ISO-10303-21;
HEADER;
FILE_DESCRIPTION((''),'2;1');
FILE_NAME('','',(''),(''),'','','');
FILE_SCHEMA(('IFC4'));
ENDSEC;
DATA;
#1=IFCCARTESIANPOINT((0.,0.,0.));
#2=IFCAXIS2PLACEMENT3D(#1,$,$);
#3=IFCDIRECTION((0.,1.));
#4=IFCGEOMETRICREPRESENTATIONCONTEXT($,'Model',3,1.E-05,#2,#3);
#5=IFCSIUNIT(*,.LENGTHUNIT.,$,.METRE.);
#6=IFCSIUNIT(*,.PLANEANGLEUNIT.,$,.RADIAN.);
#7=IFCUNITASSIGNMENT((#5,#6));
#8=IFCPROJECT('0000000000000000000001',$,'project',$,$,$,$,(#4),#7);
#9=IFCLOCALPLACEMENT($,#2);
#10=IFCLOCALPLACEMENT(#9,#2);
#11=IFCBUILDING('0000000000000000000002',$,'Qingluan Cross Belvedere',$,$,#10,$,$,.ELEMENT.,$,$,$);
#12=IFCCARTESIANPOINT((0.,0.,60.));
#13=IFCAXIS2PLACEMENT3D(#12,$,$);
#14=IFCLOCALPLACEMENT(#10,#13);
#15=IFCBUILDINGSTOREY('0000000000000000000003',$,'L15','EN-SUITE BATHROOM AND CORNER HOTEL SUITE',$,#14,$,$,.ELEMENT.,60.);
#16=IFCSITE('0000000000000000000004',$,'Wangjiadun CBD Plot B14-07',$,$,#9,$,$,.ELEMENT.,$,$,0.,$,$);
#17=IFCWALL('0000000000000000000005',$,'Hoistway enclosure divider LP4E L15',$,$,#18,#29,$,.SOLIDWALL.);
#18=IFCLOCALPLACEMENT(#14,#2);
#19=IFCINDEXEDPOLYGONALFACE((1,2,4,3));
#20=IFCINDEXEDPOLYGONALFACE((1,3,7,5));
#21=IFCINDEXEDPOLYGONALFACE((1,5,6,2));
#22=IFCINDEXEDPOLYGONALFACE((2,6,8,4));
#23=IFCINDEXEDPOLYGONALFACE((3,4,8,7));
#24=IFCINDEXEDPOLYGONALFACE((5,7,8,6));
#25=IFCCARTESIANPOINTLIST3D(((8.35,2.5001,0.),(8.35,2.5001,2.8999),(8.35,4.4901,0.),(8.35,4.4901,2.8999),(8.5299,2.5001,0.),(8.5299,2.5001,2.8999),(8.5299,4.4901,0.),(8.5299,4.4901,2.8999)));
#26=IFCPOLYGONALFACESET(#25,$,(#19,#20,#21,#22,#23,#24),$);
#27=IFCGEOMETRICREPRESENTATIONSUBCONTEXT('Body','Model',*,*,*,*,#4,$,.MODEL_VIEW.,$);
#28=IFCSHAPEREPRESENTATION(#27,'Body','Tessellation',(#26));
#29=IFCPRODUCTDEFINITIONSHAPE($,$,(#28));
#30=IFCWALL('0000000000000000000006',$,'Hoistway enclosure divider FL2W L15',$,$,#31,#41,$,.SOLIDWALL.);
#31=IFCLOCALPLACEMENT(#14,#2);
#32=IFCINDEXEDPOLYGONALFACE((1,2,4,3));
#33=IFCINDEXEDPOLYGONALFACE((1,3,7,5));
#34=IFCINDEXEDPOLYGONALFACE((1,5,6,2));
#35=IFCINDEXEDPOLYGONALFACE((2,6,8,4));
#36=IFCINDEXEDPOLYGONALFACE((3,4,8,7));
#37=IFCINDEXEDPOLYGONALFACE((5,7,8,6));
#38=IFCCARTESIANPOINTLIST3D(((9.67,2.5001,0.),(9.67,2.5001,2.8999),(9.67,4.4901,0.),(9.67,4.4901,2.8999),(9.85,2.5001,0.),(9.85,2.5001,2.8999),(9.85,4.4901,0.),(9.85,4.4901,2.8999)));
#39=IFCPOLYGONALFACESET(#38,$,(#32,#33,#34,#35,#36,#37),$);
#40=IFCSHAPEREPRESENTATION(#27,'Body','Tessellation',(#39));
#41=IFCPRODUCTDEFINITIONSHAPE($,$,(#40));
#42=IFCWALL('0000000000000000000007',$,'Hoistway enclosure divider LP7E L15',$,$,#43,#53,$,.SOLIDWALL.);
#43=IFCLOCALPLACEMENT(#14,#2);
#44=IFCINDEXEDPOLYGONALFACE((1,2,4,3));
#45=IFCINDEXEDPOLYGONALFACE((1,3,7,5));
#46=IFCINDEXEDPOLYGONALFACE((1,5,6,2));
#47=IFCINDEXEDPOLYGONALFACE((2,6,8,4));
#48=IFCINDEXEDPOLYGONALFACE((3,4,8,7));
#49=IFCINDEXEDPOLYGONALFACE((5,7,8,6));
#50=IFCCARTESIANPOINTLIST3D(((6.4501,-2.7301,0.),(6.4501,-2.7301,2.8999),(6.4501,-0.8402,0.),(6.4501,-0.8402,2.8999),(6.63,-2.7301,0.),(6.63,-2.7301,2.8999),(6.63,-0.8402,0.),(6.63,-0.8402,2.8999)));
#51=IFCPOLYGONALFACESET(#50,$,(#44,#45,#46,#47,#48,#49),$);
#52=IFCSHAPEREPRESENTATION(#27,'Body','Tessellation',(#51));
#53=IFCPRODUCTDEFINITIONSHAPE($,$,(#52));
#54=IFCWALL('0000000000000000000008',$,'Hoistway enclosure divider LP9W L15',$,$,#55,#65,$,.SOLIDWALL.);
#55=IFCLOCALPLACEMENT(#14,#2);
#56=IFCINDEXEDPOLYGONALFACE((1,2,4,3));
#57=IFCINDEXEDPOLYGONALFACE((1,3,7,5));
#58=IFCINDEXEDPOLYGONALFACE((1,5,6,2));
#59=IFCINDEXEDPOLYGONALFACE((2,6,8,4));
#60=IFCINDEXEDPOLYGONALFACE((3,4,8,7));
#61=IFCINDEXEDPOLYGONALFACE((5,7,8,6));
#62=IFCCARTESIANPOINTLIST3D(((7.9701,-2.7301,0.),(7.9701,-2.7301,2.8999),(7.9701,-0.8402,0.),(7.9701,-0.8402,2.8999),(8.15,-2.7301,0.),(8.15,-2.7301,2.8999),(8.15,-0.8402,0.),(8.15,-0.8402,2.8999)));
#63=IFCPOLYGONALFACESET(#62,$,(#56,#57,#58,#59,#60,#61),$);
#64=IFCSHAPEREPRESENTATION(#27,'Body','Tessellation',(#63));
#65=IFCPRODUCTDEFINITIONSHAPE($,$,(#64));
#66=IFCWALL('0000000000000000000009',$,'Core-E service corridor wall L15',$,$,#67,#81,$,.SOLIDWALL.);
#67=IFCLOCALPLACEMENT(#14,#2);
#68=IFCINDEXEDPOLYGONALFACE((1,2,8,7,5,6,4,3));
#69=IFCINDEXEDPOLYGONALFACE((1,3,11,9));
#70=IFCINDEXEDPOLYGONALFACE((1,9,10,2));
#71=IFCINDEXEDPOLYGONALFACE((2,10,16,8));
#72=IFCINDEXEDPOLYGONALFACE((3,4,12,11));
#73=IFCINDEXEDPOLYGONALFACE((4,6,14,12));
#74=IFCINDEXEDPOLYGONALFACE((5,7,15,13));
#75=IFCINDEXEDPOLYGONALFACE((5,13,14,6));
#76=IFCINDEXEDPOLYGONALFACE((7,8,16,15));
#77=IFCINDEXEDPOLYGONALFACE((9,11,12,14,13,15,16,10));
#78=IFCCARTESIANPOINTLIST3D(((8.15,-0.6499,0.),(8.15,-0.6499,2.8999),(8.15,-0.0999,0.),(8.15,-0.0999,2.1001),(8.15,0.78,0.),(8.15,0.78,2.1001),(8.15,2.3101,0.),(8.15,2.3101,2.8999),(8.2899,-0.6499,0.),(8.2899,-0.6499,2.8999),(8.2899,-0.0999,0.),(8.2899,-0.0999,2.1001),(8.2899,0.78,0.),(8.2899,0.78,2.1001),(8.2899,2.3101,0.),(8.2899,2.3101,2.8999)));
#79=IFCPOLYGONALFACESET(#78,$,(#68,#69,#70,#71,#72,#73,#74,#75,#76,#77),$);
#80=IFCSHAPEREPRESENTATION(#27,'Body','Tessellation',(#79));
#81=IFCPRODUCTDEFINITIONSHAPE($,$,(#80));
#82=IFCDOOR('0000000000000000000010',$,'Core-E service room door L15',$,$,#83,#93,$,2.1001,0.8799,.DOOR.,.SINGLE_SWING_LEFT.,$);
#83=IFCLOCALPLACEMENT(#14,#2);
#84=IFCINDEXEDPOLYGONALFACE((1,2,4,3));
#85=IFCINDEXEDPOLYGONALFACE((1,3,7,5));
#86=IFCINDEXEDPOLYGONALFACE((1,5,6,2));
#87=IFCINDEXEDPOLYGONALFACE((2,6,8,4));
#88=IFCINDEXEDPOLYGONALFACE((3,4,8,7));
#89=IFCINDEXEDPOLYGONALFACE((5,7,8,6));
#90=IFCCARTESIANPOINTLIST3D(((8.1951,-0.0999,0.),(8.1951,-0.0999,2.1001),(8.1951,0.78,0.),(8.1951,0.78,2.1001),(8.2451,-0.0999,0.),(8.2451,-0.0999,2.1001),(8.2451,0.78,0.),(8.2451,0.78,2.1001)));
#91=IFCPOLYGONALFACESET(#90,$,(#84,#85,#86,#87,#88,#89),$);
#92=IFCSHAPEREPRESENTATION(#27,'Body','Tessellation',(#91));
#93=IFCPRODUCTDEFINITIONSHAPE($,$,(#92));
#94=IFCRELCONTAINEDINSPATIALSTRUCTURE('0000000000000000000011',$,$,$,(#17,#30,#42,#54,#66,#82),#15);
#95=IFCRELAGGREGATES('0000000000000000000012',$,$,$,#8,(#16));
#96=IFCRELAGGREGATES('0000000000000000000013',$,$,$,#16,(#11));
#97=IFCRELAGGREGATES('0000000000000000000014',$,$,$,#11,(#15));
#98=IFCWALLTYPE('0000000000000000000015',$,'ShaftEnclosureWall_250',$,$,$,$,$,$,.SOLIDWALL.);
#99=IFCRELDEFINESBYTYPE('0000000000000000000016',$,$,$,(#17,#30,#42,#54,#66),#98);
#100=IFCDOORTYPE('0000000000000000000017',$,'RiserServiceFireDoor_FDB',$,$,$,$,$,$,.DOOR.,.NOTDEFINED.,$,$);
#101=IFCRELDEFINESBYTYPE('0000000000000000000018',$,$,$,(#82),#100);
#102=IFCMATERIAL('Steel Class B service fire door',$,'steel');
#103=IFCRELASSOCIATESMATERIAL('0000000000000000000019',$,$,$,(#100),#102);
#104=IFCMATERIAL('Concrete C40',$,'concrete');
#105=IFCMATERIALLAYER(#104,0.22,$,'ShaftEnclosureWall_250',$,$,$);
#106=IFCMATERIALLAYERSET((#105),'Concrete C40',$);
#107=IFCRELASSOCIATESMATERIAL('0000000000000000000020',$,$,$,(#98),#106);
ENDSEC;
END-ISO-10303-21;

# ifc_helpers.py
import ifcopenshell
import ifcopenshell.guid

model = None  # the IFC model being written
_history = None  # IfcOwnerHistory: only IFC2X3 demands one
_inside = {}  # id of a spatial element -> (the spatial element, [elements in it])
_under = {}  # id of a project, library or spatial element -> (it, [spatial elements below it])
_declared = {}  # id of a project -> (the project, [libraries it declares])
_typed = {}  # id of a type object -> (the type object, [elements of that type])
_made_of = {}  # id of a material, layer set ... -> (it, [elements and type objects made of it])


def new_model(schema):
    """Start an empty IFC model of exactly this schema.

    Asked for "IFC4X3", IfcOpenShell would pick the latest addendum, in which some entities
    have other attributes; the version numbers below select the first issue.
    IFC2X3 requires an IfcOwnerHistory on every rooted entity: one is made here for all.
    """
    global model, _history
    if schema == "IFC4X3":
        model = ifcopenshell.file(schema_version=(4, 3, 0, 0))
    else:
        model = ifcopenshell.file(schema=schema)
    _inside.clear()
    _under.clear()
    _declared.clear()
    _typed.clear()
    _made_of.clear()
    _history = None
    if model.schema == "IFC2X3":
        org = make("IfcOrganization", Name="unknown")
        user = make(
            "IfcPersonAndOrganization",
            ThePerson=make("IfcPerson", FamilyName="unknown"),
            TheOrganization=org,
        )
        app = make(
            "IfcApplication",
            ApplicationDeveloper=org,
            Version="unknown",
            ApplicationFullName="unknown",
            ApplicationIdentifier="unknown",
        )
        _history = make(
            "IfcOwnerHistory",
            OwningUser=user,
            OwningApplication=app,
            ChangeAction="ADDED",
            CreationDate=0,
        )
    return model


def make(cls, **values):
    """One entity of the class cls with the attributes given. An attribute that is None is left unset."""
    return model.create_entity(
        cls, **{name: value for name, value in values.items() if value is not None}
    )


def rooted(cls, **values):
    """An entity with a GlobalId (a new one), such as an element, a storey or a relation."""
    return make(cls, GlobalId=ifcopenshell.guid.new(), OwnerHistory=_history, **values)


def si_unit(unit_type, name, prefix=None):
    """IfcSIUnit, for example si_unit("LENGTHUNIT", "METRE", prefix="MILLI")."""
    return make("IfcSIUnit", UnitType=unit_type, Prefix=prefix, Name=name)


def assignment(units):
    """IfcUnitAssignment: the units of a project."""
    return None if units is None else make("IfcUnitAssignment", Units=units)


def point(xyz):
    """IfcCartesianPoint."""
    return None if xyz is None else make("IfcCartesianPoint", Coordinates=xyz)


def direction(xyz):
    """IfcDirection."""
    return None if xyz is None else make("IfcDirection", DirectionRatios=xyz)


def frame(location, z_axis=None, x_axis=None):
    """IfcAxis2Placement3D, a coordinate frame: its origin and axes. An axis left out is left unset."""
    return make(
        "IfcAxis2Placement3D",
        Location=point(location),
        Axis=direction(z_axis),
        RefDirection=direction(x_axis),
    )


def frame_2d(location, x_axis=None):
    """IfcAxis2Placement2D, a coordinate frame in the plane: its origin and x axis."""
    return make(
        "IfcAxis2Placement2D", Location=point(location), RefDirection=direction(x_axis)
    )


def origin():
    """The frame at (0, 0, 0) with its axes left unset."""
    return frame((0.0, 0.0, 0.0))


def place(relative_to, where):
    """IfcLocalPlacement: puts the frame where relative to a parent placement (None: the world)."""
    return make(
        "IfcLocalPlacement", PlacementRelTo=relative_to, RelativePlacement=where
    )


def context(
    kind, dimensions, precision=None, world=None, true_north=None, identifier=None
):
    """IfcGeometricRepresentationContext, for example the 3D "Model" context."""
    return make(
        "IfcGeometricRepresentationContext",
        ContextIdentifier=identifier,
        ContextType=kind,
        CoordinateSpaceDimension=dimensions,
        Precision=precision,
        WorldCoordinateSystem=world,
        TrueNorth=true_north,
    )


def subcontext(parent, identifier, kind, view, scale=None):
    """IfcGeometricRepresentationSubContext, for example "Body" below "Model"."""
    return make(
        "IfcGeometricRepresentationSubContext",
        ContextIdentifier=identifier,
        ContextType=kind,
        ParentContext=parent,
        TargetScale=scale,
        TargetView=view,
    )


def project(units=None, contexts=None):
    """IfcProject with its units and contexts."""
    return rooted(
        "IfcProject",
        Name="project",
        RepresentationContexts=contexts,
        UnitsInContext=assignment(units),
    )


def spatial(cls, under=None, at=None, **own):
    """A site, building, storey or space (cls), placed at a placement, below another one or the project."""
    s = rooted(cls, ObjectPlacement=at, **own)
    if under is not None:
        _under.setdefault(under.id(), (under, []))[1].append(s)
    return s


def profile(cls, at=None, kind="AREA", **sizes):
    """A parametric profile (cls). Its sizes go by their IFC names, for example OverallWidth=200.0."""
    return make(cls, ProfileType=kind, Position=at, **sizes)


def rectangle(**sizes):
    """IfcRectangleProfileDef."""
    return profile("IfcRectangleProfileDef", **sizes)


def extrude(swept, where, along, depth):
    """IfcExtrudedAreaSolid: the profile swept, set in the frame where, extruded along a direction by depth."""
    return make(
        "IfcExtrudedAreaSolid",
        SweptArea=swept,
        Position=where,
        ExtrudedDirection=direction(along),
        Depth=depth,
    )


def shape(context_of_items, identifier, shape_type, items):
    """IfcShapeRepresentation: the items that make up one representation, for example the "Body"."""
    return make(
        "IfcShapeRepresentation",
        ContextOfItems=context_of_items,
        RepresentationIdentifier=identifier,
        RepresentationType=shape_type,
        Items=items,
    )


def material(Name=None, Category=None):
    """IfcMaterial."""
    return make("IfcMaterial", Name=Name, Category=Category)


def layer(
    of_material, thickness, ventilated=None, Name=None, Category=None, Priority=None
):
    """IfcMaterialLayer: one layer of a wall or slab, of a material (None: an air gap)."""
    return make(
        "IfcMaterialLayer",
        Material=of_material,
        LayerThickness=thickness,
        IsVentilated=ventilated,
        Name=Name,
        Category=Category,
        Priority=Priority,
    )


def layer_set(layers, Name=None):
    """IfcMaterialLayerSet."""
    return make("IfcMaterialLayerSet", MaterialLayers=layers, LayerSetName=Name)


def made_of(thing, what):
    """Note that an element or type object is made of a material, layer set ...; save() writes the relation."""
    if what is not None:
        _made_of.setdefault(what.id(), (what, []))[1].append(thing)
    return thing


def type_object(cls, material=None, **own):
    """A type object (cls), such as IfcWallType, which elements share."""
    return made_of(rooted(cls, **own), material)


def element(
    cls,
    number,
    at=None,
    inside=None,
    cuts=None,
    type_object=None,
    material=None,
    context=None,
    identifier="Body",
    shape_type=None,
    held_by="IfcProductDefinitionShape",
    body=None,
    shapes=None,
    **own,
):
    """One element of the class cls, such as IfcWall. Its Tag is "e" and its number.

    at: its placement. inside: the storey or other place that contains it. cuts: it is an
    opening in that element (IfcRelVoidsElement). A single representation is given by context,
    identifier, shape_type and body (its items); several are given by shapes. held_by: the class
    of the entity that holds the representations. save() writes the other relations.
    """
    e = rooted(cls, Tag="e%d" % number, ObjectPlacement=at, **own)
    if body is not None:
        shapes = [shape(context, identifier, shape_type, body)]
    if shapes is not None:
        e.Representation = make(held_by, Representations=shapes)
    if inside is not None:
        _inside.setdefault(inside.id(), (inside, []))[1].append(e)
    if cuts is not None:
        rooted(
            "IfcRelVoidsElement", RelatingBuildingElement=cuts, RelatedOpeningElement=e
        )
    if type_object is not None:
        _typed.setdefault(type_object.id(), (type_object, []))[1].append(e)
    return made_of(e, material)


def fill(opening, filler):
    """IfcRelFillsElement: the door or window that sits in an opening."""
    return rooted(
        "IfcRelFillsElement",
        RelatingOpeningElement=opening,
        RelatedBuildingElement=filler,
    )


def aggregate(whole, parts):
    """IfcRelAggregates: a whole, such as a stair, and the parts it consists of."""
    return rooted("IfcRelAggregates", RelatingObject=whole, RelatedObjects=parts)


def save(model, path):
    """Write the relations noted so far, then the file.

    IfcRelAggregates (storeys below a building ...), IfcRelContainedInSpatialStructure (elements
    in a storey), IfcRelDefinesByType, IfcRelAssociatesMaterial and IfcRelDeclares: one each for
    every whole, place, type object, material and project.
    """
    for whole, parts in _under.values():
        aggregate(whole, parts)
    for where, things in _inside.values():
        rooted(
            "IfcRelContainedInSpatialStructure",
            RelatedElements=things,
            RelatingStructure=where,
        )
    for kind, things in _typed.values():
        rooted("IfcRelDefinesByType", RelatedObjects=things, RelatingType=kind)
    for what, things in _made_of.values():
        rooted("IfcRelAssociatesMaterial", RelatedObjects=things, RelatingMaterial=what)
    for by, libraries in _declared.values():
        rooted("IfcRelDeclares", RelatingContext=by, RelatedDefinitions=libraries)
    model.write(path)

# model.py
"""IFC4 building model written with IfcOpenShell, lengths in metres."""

from ifc_helpers import new_model, si_unit, direction, frame, frame_2d, origin, place, context, subcontext, project, spatial, rectangle, extrude, material, layer, layer_set, type_object, element, fill, save


model = new_model("IFC4")

# Units and contexts
model_context = context("Model", 3, precision=1e-05, world=origin(), true_north=direction((0.0, 1.0)))
body_context = subcontext(model_context, "Body", "Model", "MODEL_VIEW")
ifc_project = project(units=[si_unit("LENGTHUNIT", "METRE"), si_unit("PLANEANGLEUNIT", "RADIAN")], contexts=[model_context])

# Site, building, storey
site_placement = place(None, origin())
site = spatial("IfcSite", under=ifc_project, at=site_placement, Name="Wangjiadun CBD Plot B14-07", CompositionType="ELEMENT", RefElevation=0.0)
building_placement = place(site_placement, origin())
building = spatial("IfcBuilding", under=site, at=building_placement, Name="Qingluan Cross Belvedere", CompositionType="ELEMENT")
storey_placement = place(building_placement, frame((0.0, 0.0, 60.0)))
storey = spatial("IfcBuildingStorey", under=building, at=storey_placement, Name="L15", Description="EN-SUITE BATHROOM AND CORNER HOTEL SUITE", CompositionType="ELEMENT", Elevation=60.0)

# Shared definitions
ifc_material_1 = material(Name="Steel Class B service fire door", Category="steel")
door_type_1 = type_object("IfcDoorType", Name="RiserServiceFireDoor_FDB", OperationType="NOTDEFINED", PredefinedType="DOOR", material=ifc_material_1)

# Shared definitions
ifc_material_2 = material(Name="Concrete C40", Category="concrete")
ifc_layer_1 = layer(ifc_material_2, 0.22, Name="ShaftEnclosureWall_250")
ifc_layer_set_1 = layer_set([ifc_layer_1], Name="Concrete C40")
wall_type_1 = type_object("IfcWallType", Name="ShaftEnclosureWall_250", PredefinedType="SOLIDWALL", material=ifc_layer_set_1)

# Walls
for number, where, z_axis, x_axis, name in (
    (1, (8.4399, 2.5, 0.0), (0.0, 0.0, 1.0), (0.0, 1.0, 0.0), "Hoistway enclosure divider LP4E L15"),
    (2, (9.76, 2.5, 0.0), (0.0, 0.0, 1.0), (0.0, 1.0, 0.0), "Hoistway enclosure divider FL2W L15"),
):
    element("IfcWall", number, at=place(storey_placement, frame(where, z_axis=z_axis, x_axis=x_axis)), inside=storey, type_object=wall_type_1, Name=name, PredefinedType="SOLIDWALL", context=body_context, shape_type="SweptSolid", body=[
        extrude(rectangle(XDim=1.99, YDim=0.1799, at=frame_2d((0.9951, 0.0))), origin(), (0.0, 0.0, 1.0), 2.8999),
    ])
for number, where, z_axis, x_axis, name in (
    (3, (6.54, -2.73, 0.0), (0.0, 0.0, 1.0), (0.0, 1.0, 0.0), "Hoistway enclosure divider LP7E L15"),
    (4, (8.0601, -2.73, 0.0), (0.0, 0.0, 1.0), (0.0, 1.0, 0.0), "Hoistway enclosure divider LP9W L15"),
):
    element("IfcWall", number, at=place(storey_placement, frame(where, z_axis=z_axis, x_axis=x_axis)), inside=storey, type_object=wall_type_1, Name=name, PredefinedType="SOLIDWALL", context=body_context, shape_type="SweptSolid", body=[
        extrude(rectangle(XDim=1.8899, YDim=0.1799, at=frame_2d((0.9448, 0.0))), origin(), (0.0, 0.0, 1.0), 2.8999),
    ])

# Wall, opening, door
wall_1_placement = place(storey_placement, frame((8.22, -0.6499, 0.0), z_axis=(0.0, 0.0, 1.0), x_axis=(0.0, 1.0, 0.0)))
wall_1 = element("IfcWall", 5, at=wall_1_placement, inside=storey, type_object=wall_type_1, Name="Core-E service corridor wall L15", PredefinedType="SOLIDWALL", context=body_context, shape_type="SweptSolid", body=[
    extrude(rectangle(XDim=2.96, YDim=0.1399, at=frame_2d((1.48, 0.0))), origin(), (0.0, 0.0, 1.0), 2.8999),
])
opening_1_placement = place(wall_1_placement, frame((0.55, 0.0, 0.0)))
opening_1 = element("IfcOpeningElement", 6, at=opening_1_placement, cuts=wall_1, PredefinedType="OPENING", context=body_context, shape_type="SweptSolid", body=[
    extrude(rectangle(XDim=0.8799, YDim=2.1001, at=frame_2d((0.4399, 1.05))), frame((0.0, 0.0798, 0.0), z_axis=(0.0, -1.0, 0.0), x_axis=(1.0, 0.0, 0.0)), (0.0, 0.0, 1.0), 0.1599),
])
door_1_placement = place(opening_1_placement, origin())
door_1 = element("IfcDoor", 7, at=door_1_placement, inside=storey, type_object=door_type_1, Name="Core-E service room door L15", OperationType="SINGLE_SWING_LEFT", OverallHeight=2.1001, OverallWidth=0.8799, PredefinedType="DOOR", context=body_context, shape_type="SweptSolid", body=[
    extrude(rectangle(XDim=0.8799, YDim=2.1001, at=frame_2d((0.4399, 1.05))), frame((0.0, 0.0249, 0.0), z_axis=(0.0, -1.0, 0.0), x_axis=(1.0, 0.0, 0.0)), (0.0, 0.0, 1.0), 0.05),
])
fill(opening_1, door_1)

save(model, "model.ifc")
